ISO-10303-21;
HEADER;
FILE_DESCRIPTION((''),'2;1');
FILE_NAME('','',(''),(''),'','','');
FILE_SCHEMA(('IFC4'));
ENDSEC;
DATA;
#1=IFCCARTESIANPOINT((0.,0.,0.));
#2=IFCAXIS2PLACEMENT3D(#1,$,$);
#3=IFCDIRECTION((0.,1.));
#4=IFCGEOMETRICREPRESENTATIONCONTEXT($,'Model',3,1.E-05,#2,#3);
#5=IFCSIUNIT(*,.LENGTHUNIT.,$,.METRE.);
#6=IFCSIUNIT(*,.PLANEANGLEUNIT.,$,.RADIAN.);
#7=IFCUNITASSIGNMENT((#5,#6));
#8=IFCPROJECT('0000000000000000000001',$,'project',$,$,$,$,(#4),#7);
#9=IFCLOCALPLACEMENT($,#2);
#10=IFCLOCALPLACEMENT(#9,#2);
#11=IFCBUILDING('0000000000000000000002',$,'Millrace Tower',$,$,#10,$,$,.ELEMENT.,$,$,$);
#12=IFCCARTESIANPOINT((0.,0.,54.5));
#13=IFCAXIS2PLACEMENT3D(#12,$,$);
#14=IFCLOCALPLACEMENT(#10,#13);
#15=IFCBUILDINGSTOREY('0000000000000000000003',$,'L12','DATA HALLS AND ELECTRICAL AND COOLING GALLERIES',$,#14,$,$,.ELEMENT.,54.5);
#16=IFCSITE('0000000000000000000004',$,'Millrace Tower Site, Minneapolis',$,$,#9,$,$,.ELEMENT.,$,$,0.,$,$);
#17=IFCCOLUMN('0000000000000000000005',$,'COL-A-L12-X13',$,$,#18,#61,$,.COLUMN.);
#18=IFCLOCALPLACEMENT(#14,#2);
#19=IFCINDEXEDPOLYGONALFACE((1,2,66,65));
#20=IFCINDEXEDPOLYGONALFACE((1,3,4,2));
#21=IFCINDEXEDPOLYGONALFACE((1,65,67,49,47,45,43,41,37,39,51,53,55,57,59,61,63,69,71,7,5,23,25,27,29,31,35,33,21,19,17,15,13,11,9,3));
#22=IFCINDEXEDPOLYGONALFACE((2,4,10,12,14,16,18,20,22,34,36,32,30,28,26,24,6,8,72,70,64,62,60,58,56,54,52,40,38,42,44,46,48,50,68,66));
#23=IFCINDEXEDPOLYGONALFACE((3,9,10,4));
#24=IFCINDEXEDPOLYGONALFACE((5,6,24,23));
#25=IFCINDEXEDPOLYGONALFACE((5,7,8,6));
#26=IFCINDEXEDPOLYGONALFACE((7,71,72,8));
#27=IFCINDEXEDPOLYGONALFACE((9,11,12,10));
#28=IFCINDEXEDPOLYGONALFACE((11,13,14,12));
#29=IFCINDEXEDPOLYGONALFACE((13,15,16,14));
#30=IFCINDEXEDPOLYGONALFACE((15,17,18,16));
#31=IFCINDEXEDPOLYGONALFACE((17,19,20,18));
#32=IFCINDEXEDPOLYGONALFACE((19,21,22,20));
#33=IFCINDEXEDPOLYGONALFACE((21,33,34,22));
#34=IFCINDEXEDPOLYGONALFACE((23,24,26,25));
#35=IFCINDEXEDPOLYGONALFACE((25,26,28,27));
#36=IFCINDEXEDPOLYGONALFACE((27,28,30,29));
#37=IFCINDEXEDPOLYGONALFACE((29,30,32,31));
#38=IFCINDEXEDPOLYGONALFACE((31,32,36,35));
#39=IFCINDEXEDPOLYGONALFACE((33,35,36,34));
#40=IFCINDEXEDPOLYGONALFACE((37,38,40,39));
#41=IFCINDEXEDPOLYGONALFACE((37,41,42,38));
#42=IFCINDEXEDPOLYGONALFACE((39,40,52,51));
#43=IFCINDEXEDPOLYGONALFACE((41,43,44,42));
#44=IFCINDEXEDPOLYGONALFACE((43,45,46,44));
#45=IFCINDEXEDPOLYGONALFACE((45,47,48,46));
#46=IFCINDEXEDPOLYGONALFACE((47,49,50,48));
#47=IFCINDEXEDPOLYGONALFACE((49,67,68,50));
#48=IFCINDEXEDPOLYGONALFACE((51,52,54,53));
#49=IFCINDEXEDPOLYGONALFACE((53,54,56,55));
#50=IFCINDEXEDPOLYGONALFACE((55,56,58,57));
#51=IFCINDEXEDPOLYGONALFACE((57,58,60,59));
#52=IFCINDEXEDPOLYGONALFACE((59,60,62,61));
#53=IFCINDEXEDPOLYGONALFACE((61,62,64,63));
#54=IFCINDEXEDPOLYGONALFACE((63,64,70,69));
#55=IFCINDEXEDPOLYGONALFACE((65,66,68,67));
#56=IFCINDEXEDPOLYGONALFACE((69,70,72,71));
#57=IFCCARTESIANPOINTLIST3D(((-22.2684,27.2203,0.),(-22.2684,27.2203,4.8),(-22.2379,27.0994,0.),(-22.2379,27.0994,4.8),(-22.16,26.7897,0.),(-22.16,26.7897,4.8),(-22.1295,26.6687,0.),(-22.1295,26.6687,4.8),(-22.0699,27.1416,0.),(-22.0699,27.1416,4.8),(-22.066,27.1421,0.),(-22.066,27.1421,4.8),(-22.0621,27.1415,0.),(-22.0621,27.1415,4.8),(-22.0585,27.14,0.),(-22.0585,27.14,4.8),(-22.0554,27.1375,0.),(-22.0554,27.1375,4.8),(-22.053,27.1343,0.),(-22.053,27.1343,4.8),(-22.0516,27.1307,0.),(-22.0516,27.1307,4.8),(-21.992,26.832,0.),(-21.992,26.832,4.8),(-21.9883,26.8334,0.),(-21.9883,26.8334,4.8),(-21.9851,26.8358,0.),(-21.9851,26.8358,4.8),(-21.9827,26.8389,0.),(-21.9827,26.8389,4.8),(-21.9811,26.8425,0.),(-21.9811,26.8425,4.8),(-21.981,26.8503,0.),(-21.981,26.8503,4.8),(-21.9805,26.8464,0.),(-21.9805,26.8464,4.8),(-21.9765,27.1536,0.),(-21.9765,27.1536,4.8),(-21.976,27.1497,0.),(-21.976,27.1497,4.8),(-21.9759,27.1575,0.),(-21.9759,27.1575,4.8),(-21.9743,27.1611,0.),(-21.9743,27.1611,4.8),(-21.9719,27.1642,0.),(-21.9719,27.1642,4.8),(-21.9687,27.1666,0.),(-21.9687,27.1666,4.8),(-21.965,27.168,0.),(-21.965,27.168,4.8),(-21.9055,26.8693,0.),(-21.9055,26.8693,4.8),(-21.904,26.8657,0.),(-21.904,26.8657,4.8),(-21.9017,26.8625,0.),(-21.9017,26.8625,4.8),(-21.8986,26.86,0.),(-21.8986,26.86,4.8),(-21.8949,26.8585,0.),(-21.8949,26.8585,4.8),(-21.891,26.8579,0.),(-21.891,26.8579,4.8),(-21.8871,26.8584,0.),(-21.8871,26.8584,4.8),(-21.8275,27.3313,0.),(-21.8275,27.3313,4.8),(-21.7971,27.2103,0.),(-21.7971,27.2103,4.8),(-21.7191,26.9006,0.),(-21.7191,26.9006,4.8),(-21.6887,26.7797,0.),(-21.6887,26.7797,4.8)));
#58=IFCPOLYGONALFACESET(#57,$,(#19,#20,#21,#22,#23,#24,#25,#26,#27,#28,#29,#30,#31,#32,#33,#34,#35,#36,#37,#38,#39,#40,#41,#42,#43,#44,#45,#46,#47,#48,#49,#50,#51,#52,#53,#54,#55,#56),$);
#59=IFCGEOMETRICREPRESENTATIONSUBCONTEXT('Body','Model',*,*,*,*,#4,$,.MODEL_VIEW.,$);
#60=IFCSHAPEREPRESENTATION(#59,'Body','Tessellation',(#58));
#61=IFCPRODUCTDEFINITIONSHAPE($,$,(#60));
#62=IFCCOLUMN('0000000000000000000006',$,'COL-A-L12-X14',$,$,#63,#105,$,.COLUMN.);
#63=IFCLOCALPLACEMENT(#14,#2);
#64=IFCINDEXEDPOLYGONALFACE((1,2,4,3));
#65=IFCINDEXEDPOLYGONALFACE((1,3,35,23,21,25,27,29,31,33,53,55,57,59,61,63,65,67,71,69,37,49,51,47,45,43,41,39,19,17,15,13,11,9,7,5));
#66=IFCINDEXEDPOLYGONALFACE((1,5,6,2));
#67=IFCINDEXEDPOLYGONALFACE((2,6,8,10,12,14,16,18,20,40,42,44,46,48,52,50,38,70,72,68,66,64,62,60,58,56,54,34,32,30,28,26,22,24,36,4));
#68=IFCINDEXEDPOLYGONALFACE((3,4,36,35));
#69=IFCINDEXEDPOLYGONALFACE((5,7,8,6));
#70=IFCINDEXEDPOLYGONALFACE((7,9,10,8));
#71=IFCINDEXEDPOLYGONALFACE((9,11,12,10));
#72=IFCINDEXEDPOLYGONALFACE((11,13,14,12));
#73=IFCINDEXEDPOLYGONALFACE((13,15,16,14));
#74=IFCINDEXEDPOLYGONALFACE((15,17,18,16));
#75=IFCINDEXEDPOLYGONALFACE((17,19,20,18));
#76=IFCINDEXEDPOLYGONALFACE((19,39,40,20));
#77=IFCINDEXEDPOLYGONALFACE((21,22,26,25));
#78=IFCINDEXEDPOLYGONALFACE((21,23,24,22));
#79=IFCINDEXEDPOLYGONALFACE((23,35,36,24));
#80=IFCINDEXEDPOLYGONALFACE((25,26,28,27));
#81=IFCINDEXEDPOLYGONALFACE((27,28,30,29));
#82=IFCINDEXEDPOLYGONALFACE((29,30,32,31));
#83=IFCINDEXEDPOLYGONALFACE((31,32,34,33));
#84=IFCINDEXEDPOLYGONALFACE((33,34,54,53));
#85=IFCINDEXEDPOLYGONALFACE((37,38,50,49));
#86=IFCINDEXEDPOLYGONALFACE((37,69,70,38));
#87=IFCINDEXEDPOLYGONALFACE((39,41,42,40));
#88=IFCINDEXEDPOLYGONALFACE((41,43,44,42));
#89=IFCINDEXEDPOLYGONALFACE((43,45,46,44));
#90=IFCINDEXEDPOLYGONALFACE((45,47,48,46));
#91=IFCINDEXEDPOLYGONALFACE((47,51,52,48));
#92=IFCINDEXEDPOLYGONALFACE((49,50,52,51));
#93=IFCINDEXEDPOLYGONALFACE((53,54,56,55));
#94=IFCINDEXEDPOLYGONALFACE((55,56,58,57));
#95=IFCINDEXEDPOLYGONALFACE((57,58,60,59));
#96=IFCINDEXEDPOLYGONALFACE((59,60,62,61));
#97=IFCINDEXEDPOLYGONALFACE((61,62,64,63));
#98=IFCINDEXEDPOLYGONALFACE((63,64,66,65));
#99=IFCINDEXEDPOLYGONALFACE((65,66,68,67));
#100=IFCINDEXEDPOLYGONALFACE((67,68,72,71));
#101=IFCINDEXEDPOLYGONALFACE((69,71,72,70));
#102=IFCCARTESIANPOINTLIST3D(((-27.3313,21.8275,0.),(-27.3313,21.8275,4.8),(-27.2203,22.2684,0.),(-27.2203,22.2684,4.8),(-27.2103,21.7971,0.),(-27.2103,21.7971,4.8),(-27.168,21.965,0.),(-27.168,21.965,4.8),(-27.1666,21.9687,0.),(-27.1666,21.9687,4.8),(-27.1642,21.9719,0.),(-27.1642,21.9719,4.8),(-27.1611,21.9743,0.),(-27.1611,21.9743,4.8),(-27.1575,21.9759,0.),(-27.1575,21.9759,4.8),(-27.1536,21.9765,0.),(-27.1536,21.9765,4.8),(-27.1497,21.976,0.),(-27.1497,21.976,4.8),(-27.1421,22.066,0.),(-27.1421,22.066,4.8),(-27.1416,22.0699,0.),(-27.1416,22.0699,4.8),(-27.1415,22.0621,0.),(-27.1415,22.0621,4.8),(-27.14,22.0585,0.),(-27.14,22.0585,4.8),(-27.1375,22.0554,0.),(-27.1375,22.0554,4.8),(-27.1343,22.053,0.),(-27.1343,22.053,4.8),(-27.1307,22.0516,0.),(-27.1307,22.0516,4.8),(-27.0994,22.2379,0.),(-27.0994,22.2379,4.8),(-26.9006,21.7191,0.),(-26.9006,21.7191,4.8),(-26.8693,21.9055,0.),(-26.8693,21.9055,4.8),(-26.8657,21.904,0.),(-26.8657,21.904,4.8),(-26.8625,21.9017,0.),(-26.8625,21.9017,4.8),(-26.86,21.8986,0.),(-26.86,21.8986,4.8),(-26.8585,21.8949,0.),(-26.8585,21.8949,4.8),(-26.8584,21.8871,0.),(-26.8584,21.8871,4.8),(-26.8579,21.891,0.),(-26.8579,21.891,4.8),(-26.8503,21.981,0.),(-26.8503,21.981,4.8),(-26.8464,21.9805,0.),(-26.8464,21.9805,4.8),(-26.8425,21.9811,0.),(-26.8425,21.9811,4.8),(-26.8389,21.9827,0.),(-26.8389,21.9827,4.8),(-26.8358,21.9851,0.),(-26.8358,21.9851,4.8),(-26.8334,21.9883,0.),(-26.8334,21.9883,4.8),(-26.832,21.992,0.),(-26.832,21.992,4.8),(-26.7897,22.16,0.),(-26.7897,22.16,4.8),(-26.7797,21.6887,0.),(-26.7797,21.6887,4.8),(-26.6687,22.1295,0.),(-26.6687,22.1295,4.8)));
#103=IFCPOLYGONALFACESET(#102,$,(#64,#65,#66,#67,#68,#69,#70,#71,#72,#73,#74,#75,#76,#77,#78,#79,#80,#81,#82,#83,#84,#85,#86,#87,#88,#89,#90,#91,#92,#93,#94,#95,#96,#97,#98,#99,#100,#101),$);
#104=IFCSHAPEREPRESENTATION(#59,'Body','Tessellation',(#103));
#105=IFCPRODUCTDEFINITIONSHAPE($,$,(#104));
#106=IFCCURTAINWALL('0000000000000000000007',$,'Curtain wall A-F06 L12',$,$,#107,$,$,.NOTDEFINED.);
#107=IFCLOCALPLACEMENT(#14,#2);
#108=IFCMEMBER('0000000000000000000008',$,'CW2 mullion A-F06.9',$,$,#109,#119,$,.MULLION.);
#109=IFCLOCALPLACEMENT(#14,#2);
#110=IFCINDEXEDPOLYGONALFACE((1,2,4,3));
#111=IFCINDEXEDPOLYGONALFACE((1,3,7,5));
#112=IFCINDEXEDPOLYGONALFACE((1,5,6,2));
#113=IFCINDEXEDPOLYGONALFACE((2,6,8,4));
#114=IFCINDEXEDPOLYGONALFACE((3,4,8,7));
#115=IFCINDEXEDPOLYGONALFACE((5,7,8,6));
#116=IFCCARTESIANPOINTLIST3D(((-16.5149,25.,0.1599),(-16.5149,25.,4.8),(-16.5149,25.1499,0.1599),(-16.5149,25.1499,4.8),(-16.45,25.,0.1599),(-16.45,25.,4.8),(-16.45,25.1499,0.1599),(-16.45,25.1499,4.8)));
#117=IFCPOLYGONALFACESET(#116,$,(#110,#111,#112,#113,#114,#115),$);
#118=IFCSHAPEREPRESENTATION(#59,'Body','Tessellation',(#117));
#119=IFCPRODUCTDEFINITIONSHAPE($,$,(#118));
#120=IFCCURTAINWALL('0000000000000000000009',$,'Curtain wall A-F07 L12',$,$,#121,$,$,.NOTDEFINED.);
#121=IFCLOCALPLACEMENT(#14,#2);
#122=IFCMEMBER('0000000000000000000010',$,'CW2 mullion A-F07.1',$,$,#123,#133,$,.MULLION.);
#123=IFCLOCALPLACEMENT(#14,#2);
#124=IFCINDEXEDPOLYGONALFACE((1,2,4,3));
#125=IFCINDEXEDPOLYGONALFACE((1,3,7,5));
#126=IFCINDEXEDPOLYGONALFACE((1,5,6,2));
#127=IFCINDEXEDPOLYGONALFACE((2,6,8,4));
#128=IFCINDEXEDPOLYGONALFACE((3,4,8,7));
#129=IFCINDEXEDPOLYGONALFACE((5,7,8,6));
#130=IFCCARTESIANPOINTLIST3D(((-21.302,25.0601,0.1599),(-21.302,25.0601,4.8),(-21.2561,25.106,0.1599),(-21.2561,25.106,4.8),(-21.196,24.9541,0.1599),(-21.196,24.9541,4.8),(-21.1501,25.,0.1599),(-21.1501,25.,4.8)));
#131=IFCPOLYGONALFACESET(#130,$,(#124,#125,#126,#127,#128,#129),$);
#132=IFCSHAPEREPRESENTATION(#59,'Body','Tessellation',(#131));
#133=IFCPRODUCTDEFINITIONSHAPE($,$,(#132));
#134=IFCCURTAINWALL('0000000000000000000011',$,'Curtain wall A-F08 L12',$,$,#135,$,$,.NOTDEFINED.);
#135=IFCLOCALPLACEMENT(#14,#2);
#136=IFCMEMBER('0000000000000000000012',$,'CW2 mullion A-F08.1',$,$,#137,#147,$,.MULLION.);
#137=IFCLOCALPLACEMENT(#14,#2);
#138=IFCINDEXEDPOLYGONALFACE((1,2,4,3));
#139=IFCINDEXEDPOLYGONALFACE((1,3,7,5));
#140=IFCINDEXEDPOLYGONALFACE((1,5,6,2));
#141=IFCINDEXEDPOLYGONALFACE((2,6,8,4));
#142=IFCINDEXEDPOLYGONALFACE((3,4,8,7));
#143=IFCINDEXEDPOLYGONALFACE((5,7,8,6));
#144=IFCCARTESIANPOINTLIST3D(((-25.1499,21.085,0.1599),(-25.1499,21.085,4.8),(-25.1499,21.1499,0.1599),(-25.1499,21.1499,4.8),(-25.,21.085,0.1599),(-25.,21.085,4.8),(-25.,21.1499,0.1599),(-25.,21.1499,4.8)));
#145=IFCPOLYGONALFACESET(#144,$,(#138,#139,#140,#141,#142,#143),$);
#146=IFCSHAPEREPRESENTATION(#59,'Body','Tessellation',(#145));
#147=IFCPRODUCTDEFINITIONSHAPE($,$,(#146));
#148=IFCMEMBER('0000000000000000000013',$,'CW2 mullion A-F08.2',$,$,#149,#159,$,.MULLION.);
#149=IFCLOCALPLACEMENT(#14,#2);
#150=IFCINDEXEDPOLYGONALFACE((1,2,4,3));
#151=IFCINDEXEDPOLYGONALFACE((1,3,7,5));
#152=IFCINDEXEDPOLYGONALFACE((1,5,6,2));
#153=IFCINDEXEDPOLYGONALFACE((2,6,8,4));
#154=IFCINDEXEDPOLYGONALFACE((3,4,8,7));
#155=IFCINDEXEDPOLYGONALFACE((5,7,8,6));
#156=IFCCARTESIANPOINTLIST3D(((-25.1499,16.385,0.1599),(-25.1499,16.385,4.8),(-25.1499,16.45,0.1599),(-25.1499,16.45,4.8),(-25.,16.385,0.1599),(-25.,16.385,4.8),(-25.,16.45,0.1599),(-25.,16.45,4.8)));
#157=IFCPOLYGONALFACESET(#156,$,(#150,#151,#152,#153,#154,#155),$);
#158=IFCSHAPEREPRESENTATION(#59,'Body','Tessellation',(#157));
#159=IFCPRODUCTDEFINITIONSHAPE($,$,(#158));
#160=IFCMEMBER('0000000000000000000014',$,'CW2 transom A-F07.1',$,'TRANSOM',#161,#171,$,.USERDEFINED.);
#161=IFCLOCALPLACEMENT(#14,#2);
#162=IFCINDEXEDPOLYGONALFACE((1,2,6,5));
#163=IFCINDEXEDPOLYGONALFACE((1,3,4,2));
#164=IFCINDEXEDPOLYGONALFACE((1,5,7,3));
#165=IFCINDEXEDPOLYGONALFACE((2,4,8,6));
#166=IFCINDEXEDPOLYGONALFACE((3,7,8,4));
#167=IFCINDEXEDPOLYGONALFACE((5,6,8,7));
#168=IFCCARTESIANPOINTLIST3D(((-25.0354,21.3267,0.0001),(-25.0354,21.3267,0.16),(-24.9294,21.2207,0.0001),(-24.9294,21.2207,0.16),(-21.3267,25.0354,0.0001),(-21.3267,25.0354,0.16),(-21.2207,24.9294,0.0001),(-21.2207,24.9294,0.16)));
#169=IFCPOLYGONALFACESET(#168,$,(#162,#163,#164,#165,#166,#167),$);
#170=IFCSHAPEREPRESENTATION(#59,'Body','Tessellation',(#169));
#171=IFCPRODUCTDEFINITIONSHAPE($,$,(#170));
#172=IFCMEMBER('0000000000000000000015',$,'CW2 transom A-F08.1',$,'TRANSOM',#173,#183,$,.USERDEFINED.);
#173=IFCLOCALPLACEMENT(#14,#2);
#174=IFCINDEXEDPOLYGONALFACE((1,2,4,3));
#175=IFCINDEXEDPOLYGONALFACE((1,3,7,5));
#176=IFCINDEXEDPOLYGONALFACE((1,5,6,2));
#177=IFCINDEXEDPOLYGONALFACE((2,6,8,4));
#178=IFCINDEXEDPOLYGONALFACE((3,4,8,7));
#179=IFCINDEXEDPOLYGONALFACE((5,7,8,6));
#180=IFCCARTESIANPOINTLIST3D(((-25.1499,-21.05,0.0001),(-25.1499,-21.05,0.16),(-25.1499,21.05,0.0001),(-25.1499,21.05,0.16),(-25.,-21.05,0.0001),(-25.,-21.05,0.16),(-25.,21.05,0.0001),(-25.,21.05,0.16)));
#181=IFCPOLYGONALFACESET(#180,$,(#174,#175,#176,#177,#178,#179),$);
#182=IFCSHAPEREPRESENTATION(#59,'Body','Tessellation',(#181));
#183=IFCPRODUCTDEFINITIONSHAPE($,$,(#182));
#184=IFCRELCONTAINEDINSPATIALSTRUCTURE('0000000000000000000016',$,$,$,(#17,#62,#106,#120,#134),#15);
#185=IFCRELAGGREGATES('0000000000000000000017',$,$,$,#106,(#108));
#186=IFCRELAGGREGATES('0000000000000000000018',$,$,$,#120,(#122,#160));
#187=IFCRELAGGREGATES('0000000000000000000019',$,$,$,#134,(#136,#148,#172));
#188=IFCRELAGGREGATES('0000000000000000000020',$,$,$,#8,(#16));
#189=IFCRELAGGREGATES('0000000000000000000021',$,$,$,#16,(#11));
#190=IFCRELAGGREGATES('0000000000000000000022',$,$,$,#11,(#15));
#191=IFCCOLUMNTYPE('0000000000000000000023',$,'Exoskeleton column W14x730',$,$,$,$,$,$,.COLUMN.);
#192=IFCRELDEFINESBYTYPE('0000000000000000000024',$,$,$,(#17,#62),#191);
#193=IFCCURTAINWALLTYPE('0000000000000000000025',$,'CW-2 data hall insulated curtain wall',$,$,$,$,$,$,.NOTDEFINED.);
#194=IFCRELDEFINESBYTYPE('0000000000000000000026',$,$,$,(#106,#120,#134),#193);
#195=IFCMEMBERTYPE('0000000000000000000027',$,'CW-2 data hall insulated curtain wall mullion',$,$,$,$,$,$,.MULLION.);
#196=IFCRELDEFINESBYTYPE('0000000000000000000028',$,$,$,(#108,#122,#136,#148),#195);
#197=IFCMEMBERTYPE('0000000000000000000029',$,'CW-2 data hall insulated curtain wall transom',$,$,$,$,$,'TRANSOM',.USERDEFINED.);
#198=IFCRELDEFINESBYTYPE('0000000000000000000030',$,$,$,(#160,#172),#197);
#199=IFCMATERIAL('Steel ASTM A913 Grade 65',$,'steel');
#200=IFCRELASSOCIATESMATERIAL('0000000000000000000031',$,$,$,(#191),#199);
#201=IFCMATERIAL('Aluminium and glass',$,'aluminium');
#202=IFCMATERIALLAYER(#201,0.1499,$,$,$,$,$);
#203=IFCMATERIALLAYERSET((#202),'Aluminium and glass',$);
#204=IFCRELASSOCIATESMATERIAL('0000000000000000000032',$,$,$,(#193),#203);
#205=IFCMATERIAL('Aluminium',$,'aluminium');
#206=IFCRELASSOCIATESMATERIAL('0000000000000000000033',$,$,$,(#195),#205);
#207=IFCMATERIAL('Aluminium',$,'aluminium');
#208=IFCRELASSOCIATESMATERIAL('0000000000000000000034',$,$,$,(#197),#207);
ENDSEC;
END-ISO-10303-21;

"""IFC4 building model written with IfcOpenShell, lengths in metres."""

from ifc_helpers import new_model, si_unit, direction, frame, origin, origin_2d, place, context, subcontext, project, spatial, rectangle, i_section, extrude, material, layer, layer_set, material_profile, profile_set, type_object, element, aggregate, save


model = new_model("IFC4")

# Units and contexts
model_context = context("Model", 3, precision=1e-05, world=origin(), true_north=direction((0.0, 1.0)))
body_context = subcontext(model_context, "Body", "Model", "MODEL_VIEW")
ifc_project = project(units=[si_unit("LENGTHUNIT", "METRE"), si_unit("PLANEANGLEUNIT", "RADIAN")], contexts=[model_context])

# Site, building, storey
site_placement = place(None, origin())
site = spatial("IfcSite", under=ifc_project, at=site_placement, Name="Millrace Tower Site, Minneapolis", CompositionType="ELEMENT", RefElevation=0.0)
building_placement = place(site_placement, origin())
building = spatial("IfcBuilding", under=site, at=building_placement, Name="Millrace Tower", CompositionType="ELEMENT")
storey_placement = place(building_placement, frame((0.0, 0.0, 54.5)))
storey = spatial("IfcBuildingStorey", under=building, at=storey_placement, Name="L12", Description="DATA HALLS AND ELECTRICAL AND COOLING GALLERIES", CompositionType="ELEMENT", Elevation=54.5)

# Columns
ifc_material_1 = material(Name="Steel ASTM A913 Grade 65", Category="steel")
ifc_material_profile_1 = material_profile(ifc_material_1, i_section(OverallWidth=0.4546, OverallDepth=0.5688, WebThickness=0.0779, FlangeThickness=0.1248, FilletRadius=0.0151, at=origin_2d()))
ifc_profile_set_1 = profile_set([ifc_material_profile_1], Name="Steel ASTM A913 Grade 65")
column_type = type_object("IfcColumnType", Name="Exoskeleton column W14x730", PredefinedType="COLUMN", material=ifc_profile_set_1)
for number, where, z_axis, x_axis, name in (
    (1, (-21.9785, 27.0, 0.0), (0.0, 0.0, 1.0), (-0.969752, -0.244094, 0.0), "COL-A-L12-X13"),
    (2, (-27.0, 21.9785, 0.0), (0.0, 0.0, 1.0), (-0.244094, -0.969752, 0.0), "COL-A-L12-X14"),
):
    element("IfcColumn", number, at=place(storey_placement, frame(where, z_axis=z_axis, x_axis=x_axis)), inside=storey, type_object=column_type, Name=name, PredefinedType="COLUMN", context=body_context, shape_type="SweptSolid", body=[
        extrude(i_section(OverallWidth=0.4546, OverallDepth=0.5688, WebThickness=0.0779, FlangeThickness=0.1248, FilletRadius=0.0151, at=origin_2d()), origin(), (0.0, 0.0, 1.0), 4.8),
    ])

# Curtain walls, members
ifc_material_2 = material(Name="Aluminium and glass", Category="aluminium")
ifc_layer_1 = layer(ifc_material_2, 0.1499)
ifc_layer_set_1 = layer_set([ifc_layer_1], Name="Aluminium and glass")
curtain_wall_type = type_object("IfcCurtainWallType", Name="CW-2 data hall insulated curtain wall", PredefinedType="NOTDEFINED", material=ifc_layer_set_1)
placement = place(storey_placement, origin())
curtain_wall_1 = element("IfcCurtainWall", 3, at=placement, inside=storey, type_object=curtain_wall_type, Name="Curtain wall A-F06 L12", PredefinedType="NOTDEFINED")
ifc_material_3 = material(Name="Aluminium", Category="aluminium")
ifc_material_profile_2 = material_profile(ifc_material_3, rectangle(XDim=0.0649, YDim=0.1499, at=origin_2d()))
ifc_profile_set_2 = profile_set([ifc_material_profile_2], Name="Aluminium")
member_type_1 = type_object("IfcMemberType", Name="CW-2 data hall insulated curtain wall mullion", PredefinedType="MULLION", material=ifc_profile_set_2)
member_1_placement = place(storey_placement, frame((-16.4824, 25.075, 0.1599), z_axis=(0.0, 0.0, 1.0), x_axis=(-1.0, 0.0, 0.0)))
member_1 = element("IfcMember", 4, at=member_1_placement, type_object=member_type_1, Name="CW2 mullion A-F06.9", PredefinedType="MULLION", context=body_context, shape_type="SweptSolid", body=[
    extrude(rectangle(XDim=0.0649, YDim=0.1499, at=origin_2d()), origin(), (0.0, 0.0, 1.0), 4.6401),
])
aggregate(curtain_wall_1, [member_1])
curtain_wall_2 = element("IfcCurtainWall", 5, at=placement, inside=storey, type_object=curtain_wall_type, Name="Curtain wall A-F07 L12", PredefinedType="NOTDEFINED")
member_2_placement = place(storey_placement, frame((-21.2261, 25.03, 0.1599), z_axis=(0.0, 0.0, 1.0), x_axis=(-0.707107, -0.707107, 0.0)))
member_2 = element("IfcMember", 6, at=member_2_placement, type_object=member_type_1, Name="CW2 mullion A-F07.1", PredefinedType="MULLION", context=body_context, shape_type="SweptSolid", body=[
    extrude(rectangle(XDim=0.0649, YDim=0.1499, at=origin_2d()), origin(), (0.0, 0.0, 1.0), 4.6401),
])

# Curtain wall, members
curtain_wall_3 = element("IfcCurtainWall", 7, at=placement, inside=storey, type_object=curtain_wall_type, Name="Curtain wall A-F08 L12", PredefinedType="NOTDEFINED")
member_3_placement = place(storey_placement, frame((-25.075, 21.1174, 0.1599), z_axis=(0.0, 0.0, 1.0), x_axis=(0.0, -1.0, 0.0)))
member_3 = element("IfcMember", 8, at=member_3_placement, type_object=member_type_1, Name="CW2 mullion A-F08.1", PredefinedType="MULLION", context=body_context, shape_type="SweptSolid", body=[
    extrude(rectangle(XDim=0.0649, YDim=0.1499, at=origin_2d()), origin(), (0.0, 0.0, 1.0), 4.6401),
])
member_4_placement = place(storey_placement, frame((-25.075, 16.4175, 0.1599), z_axis=(0.0, 0.0, 1.0), x_axis=(0.0, -1.0, 0.0)))
member_4 = element("IfcMember", 9, at=member_4_placement, type_object=member_type_1, Name="CW2 mullion A-F08.2", PredefinedType="MULLION", context=body_context, shape_type="SweptSolid", body=[
    extrude(rectangle(XDim=0.0649, YDim=0.1499, at=origin_2d()), origin(), (0.0, 0.0, 1.0), 4.6401),
])

# Members
ifc_material_4 = material(Name="Aluminium", Category="aluminium")
ifc_material_profile_3 = material_profile(ifc_material_4, rectangle(XDim=0.1499, YDim=0.1599, at=origin_2d()))
ifc_profile_set_3 = profile_set([ifc_material_profile_3], Name="Aluminium")
member_type_2 = type_object("IfcMemberType", Name="CW-2 data hall insulated curtain wall transom", ElementType="TRANSOM", PredefinedType="USERDEFINED", material=ifc_profile_set_3)
member_5_placement = place(storey_placement, frame((-21.2737, 24.9824, 0.0801), z_axis=(-0.707107, -0.707107, 0.0), x_axis=(0.707107, -0.707107, 0.0)))
member_5 = element("IfcMember", 10, at=member_5_placement, type_object=member_type_2, Name="CW2 transom A-F07.1", ObjectType="TRANSOM", PredefinedType="USERDEFINED", context=body_context, shape_type="SweptSolid", body=[
    extrude(rectangle(XDim=0.1499, YDim=0.1599, at=origin_2d()), origin(), (0.0, 0.0, 1.0), 5.2449),
])
aggregate(curtain_wall_2, [member_2, member_5])
member_6_placement = place(storey_placement, frame((-25.075, 21.05, 0.0801), z_axis=(0.0, -1.0, 0.0), x_axis=(1.0, 0.0, 0.0)))
member_6 = element("IfcMember", 11, at=member_6_placement, type_object=member_type_2, Name="CW2 transom A-F08.1", ObjectType="TRANSOM", PredefinedType="USERDEFINED", context=body_context, shape_type="SweptSolid", body=[
    extrude(rectangle(XDim=0.1499, YDim=0.1599, at=origin_2d()), origin(), (0.0, 0.0, 1.0), 42.1001),
])
aggregate(curtain_wall_3, [member_3, member_4, member_6])

save(model, "model.ifc")
